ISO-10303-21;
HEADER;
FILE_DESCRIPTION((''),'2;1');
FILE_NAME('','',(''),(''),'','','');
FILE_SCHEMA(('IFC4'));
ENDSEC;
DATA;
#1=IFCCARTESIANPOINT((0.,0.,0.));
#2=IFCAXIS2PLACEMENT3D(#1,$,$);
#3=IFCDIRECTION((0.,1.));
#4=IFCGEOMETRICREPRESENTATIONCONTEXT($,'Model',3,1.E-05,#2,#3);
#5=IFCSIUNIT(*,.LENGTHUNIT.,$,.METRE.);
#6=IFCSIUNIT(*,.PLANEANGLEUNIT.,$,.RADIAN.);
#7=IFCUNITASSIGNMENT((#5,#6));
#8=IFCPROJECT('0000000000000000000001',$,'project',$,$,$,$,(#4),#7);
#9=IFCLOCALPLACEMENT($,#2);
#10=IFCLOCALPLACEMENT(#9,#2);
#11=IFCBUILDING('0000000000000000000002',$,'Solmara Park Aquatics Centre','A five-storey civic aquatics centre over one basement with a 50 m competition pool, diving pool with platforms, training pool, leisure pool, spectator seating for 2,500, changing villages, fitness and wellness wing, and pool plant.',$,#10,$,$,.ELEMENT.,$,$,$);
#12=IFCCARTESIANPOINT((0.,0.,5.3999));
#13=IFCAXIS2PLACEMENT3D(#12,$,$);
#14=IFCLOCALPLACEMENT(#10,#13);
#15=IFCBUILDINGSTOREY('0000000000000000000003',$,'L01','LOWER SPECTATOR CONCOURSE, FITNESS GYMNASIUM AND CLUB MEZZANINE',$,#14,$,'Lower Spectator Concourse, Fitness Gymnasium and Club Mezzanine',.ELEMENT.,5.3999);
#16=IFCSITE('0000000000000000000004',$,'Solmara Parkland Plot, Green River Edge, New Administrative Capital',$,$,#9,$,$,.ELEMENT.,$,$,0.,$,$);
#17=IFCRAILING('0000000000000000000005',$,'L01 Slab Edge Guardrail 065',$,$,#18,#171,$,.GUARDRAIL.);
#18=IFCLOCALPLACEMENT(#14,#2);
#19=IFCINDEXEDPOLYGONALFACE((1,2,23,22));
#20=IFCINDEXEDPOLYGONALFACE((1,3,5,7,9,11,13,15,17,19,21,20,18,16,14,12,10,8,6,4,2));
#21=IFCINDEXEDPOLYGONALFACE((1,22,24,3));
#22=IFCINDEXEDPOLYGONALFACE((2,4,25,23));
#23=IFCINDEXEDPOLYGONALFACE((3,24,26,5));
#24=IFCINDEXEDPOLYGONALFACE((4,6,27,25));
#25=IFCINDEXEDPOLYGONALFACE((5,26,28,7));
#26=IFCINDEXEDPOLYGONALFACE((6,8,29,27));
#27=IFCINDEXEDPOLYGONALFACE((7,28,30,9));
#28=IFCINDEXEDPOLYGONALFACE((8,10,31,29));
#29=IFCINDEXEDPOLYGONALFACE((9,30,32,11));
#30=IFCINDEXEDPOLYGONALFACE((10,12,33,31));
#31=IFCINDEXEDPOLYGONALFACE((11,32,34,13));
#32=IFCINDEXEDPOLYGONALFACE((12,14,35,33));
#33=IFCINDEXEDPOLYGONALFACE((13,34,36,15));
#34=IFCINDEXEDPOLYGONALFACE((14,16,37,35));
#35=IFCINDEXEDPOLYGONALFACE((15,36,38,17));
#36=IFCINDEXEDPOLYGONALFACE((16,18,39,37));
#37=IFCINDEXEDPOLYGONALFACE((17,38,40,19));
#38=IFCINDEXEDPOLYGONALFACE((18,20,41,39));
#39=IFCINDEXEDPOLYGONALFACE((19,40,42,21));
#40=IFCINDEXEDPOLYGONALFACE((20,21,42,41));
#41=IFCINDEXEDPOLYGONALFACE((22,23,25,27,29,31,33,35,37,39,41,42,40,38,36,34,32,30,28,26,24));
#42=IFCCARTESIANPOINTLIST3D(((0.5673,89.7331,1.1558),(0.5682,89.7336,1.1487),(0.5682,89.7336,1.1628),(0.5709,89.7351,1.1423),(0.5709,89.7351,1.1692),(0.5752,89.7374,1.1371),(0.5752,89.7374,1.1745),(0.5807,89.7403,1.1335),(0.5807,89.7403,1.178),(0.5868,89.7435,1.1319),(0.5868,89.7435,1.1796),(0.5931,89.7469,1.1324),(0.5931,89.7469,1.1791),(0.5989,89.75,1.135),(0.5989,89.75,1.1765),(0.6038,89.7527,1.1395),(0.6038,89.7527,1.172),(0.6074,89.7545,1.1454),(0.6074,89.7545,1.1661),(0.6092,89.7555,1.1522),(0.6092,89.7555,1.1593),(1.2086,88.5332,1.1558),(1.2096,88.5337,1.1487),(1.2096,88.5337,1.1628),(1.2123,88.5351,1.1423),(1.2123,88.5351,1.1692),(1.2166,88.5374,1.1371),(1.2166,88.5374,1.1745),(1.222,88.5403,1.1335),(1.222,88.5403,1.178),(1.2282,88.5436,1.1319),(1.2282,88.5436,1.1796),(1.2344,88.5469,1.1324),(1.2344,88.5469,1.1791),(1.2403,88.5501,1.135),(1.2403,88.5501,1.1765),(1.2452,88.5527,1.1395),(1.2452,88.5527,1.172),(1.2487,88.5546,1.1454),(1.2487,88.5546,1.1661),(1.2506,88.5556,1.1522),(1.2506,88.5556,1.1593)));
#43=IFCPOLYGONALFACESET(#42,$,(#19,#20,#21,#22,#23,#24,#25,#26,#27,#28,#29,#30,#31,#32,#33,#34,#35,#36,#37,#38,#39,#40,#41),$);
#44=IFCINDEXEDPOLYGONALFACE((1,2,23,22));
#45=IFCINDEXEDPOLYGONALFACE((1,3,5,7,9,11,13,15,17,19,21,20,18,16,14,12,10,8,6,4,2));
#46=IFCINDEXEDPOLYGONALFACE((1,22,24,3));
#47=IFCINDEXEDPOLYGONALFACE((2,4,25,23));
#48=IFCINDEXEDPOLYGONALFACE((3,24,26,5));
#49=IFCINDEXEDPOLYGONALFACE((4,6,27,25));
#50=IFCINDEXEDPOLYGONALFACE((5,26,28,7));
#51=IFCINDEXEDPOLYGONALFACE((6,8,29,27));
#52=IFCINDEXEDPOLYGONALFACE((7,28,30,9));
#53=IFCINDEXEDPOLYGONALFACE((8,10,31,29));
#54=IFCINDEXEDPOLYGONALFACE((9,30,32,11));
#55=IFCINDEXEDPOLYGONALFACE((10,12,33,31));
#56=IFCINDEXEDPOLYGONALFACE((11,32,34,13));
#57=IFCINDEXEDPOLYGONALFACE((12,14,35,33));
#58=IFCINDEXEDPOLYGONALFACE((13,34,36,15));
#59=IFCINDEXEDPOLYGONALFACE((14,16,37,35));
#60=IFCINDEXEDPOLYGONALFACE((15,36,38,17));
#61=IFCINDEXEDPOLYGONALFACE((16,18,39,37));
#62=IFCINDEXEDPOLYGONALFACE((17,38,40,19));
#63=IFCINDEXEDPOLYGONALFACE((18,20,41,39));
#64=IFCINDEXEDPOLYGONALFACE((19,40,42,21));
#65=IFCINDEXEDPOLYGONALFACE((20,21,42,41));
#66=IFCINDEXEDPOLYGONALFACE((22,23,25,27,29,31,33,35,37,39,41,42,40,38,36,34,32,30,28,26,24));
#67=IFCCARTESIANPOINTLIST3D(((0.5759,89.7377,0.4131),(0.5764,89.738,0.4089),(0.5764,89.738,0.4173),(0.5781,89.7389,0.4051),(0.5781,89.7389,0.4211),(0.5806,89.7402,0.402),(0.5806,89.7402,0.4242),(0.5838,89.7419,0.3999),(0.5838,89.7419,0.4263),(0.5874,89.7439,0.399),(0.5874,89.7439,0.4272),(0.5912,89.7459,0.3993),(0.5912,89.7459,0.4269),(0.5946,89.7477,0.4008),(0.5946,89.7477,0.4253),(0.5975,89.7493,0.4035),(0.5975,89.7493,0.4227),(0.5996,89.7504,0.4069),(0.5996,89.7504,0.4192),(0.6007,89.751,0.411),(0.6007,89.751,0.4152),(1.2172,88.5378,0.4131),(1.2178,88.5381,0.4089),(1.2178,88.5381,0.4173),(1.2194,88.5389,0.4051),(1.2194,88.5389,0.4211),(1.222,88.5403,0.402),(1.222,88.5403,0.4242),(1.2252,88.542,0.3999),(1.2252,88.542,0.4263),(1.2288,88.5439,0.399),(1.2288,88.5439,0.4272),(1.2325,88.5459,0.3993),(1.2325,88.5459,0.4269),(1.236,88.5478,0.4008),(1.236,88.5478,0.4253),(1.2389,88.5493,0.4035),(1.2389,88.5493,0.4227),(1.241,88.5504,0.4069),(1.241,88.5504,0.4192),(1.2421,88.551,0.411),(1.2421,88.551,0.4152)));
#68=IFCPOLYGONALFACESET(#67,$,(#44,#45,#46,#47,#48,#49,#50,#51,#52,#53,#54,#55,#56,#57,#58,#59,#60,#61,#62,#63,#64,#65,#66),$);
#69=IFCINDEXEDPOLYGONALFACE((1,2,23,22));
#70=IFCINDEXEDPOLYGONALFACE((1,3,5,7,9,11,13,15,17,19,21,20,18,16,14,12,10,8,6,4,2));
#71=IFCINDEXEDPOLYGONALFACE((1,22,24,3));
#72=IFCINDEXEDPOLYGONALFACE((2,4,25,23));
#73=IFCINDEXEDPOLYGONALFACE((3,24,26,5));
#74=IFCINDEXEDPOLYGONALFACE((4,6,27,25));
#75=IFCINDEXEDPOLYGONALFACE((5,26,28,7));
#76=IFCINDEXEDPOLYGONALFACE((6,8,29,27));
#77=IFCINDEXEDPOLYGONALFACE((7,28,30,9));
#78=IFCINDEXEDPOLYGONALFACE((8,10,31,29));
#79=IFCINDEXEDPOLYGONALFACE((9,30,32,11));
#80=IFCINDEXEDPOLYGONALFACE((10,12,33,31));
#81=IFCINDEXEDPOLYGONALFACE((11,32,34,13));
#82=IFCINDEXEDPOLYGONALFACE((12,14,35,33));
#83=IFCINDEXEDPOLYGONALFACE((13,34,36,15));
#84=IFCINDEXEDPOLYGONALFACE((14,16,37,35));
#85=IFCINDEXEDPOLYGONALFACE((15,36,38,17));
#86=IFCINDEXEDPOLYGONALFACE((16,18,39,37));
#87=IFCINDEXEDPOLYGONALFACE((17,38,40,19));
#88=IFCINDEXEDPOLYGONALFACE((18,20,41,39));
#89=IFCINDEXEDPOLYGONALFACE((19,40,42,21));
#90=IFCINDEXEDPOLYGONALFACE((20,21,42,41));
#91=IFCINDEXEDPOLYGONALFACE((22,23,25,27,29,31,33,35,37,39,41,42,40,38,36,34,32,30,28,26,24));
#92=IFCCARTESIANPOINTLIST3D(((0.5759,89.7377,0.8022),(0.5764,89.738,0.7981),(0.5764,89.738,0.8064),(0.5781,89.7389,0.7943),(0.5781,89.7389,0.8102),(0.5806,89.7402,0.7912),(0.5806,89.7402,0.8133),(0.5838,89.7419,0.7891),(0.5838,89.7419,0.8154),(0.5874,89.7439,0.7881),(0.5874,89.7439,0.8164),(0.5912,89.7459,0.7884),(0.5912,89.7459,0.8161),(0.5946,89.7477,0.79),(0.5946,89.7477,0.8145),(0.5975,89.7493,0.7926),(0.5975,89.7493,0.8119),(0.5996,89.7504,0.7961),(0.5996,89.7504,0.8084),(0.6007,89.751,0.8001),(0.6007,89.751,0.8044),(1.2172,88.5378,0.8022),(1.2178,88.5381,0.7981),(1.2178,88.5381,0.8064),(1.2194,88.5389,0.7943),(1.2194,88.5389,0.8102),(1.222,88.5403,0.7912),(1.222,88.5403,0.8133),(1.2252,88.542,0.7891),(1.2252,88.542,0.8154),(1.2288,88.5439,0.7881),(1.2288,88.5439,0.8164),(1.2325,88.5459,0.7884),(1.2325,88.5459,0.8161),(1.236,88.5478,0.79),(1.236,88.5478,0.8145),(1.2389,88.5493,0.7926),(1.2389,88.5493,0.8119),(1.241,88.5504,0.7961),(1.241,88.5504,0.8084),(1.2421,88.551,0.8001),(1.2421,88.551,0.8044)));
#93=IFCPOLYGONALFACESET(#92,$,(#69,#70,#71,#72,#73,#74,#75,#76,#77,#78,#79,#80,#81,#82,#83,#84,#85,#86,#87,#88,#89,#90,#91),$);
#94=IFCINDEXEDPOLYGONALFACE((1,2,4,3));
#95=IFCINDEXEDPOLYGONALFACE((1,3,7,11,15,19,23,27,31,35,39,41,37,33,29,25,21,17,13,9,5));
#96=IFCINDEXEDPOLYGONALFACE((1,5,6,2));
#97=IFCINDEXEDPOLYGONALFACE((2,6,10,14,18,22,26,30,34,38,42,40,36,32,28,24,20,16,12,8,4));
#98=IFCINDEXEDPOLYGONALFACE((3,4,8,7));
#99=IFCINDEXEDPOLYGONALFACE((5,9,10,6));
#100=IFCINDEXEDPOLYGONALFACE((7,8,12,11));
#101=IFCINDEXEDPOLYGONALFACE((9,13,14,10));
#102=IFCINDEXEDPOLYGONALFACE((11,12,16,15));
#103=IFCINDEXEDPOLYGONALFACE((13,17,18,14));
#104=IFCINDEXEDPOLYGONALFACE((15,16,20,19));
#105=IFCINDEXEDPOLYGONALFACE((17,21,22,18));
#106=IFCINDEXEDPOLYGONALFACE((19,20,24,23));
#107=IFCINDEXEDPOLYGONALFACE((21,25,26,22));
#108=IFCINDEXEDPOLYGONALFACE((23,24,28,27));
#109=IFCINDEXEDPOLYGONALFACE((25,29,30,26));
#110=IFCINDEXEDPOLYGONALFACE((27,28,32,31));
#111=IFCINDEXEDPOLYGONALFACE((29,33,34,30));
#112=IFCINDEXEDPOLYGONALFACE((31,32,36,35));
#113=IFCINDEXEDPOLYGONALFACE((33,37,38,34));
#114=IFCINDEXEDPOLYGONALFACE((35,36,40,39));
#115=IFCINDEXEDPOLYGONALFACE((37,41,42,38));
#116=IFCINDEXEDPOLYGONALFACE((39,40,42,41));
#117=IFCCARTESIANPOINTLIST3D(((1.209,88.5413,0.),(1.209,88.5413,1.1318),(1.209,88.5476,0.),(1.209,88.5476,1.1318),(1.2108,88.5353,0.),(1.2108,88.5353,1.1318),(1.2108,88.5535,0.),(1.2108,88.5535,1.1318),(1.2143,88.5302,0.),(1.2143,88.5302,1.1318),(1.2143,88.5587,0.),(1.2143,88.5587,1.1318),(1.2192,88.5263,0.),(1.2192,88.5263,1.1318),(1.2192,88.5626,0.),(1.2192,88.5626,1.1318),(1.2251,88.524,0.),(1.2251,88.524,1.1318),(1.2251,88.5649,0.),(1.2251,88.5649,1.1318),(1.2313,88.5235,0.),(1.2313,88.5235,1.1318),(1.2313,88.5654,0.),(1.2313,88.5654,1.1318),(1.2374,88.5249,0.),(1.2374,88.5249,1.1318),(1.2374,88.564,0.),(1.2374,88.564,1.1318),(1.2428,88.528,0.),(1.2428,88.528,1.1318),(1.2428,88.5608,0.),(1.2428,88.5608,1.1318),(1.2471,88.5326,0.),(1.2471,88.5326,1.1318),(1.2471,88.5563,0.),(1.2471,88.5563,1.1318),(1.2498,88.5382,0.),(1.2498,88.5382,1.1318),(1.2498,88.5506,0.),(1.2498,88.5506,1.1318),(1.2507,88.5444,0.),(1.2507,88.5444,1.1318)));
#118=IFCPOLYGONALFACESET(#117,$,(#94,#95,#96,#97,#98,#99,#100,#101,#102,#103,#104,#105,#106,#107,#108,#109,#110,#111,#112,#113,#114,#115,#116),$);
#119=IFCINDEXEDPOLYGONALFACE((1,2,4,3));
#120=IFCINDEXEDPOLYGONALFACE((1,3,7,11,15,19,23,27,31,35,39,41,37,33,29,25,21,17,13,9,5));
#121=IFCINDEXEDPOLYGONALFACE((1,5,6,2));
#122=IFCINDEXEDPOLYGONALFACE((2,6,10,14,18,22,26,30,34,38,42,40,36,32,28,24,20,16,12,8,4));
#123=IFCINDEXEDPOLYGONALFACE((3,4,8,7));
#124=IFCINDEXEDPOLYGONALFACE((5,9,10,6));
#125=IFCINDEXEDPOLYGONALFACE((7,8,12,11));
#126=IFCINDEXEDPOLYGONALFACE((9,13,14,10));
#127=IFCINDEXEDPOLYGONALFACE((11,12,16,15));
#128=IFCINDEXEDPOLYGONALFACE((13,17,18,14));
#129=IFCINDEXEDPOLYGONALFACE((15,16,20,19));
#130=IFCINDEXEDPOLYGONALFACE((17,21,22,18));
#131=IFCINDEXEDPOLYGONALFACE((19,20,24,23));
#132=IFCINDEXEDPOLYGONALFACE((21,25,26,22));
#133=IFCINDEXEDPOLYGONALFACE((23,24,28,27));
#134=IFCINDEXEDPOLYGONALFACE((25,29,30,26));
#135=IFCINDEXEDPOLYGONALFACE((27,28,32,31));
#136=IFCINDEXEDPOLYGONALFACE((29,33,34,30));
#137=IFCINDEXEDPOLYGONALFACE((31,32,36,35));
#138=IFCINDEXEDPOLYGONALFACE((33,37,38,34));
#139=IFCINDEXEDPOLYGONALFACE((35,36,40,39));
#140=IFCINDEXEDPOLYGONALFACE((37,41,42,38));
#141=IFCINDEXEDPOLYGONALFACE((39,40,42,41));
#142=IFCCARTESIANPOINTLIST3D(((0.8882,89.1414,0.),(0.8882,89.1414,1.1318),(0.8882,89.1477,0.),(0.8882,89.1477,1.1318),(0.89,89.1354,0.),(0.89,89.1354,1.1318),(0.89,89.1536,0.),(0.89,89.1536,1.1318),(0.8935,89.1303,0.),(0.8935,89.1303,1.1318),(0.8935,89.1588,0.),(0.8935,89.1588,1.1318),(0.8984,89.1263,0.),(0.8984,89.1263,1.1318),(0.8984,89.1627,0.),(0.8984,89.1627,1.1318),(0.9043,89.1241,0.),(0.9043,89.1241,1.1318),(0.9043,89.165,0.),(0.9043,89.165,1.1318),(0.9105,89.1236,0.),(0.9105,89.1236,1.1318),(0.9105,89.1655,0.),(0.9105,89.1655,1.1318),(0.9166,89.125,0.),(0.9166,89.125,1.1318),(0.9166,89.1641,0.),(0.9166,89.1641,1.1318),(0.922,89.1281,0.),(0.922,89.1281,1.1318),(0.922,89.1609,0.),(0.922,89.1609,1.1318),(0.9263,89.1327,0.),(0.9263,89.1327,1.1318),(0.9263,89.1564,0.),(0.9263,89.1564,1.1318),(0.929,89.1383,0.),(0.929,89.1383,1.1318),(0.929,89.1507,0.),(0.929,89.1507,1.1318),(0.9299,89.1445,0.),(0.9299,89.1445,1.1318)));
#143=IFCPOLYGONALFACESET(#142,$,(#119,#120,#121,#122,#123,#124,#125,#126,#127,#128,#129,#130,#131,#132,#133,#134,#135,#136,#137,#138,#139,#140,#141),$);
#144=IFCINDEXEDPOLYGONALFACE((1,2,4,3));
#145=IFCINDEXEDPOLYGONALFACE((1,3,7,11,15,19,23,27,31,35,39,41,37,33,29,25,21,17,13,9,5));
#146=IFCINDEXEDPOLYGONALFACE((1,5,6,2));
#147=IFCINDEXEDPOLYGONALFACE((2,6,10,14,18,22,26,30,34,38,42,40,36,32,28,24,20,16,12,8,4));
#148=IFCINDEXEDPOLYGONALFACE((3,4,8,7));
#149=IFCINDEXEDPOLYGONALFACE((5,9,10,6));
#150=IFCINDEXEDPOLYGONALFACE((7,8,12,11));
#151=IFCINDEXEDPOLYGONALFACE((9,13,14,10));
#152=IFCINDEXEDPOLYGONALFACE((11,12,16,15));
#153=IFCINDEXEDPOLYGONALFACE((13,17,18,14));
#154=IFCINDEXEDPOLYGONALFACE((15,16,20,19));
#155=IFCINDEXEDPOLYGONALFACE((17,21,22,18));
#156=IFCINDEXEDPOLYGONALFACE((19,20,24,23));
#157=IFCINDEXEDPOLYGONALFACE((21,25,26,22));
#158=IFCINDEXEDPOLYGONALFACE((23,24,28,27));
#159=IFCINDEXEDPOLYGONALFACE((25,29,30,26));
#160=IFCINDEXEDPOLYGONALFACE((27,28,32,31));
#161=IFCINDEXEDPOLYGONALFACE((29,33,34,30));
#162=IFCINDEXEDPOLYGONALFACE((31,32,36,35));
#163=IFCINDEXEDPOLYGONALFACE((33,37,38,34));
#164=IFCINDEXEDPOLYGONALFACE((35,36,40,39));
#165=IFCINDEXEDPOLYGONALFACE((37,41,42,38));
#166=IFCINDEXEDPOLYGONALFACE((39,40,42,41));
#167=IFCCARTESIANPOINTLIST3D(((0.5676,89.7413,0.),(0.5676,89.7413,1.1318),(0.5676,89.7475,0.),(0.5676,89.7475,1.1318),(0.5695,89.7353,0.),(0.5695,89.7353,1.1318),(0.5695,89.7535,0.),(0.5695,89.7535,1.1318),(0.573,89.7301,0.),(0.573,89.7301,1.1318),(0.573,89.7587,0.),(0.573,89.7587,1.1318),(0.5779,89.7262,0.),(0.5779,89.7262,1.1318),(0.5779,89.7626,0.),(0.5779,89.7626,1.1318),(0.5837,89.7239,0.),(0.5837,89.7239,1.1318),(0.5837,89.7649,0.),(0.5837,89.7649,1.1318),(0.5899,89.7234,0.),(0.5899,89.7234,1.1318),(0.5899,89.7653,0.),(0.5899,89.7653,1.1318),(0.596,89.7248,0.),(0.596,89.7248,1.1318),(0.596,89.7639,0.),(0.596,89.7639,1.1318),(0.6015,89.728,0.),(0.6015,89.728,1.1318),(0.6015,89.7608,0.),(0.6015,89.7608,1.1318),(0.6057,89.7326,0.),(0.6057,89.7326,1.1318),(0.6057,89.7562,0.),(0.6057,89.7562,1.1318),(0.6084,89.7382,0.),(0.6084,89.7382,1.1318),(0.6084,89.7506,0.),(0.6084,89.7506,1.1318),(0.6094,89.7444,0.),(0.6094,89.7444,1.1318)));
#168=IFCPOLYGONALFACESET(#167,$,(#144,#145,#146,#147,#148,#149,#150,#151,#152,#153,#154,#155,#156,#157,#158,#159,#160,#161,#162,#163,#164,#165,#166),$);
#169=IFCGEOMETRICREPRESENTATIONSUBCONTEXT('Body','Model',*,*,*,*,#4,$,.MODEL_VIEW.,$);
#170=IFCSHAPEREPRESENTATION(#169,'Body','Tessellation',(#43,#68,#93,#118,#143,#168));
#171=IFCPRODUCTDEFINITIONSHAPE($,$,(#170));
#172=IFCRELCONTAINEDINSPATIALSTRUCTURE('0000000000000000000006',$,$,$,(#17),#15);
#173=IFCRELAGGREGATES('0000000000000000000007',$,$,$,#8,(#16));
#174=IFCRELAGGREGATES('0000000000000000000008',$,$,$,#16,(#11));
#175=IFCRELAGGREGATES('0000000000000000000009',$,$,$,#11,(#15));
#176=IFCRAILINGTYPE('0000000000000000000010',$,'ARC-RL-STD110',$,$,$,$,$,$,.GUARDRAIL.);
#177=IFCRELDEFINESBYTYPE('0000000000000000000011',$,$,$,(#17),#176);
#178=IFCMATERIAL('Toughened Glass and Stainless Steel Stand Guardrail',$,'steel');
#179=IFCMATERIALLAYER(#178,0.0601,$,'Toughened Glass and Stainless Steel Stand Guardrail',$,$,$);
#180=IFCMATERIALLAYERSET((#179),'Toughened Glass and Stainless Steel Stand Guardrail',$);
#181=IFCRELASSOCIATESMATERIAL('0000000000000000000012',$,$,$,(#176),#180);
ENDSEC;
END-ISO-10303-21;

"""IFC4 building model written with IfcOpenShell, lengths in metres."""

from ifc_helpers import new_model, si_unit, direction, frame, origin, origin_2d, place, context, subcontext, project, spatial, circle, extrude, material, layer, layer_set, type_object, element, save


model = new_model("IFC4")

# Units and contexts
model_context = context("Model", 3, precision=1e-05, world=origin(), true_north=direction((0.0, 1.0)))
body_context = subcontext(model_context, "Body", "Model", "MODEL_VIEW")
ifc_project = project(units=[si_unit("LENGTHUNIT", "METRE"), si_unit("PLANEANGLEUNIT", "RADIAN")], contexts=[model_context])

# Site, building, storey
site_placement = place(None, origin())
site = spatial("IfcSite", under=ifc_project, at=site_placement, Name="Solmara Parkland Plot, Green River Edge, New Administrative Capital", CompositionType="ELEMENT", RefElevation=0.0)
building_placement = place(site_placement, origin())
building = spatial("IfcBuilding", under=site, at=building_placement, Name="Solmara Park Aquatics Centre", Description="A five-storey civic aquatics centre over one basement with a 50 m competition pool, diving pool with platforms, training pool, leisure pool, spectator seating for 2,500, changing villages, fitness and wellness wing, and pool plant.", CompositionType="ELEMENT")
storey_placement = place(building_placement, frame((0.0, 0.0, 5.3999)))
storey = spatial("IfcBuildingStorey", under=building, at=storey_placement, Name="L01", Description="LOWER SPECTATOR CONCOURSE, FITNESS GYMNASIUM AND CLUB MEZZANINE", LongName="Lower Spectator Concourse, Fitness Gymnasium and Club Mezzanine", CompositionType="ELEMENT", Elevation=5.3999)

# Railing
ifc_material_1 = material(Name="Toughened Glass and Stainless Steel Stand Guardrail", Category="steel")
ifc_layer_1 = layer(ifc_material_1, 0.0601, Name="Toughened Glass and Stainless Steel Stand Guardrail")
ifc_layer_set_1 = layer_set([ifc_layer_1], Name="Toughened Glass and Stainless Steel Stand Guardrail")
railing_type = type_object("IfcRailingType", Name="ARC-RL-STD110", PredefinedType="GUARDRAIL", material=ifc_layer_set_1)
railing_1_placement = place(storey_placement, frame((1.2297, 88.5444, 0.0)))
element("IfcRailing", 1, at=railing_1_placement, inside=storey, type_object=railing_type, Name="L01 Slab Edge Guardrail 065", PredefinedType="GUARDRAIL", context=body_context, shape_type="SweptSolid", body=[
    extrude(circle(Radius=0.0239, at=origin_2d()), frame((0.0, 0.0, 1.1558), z_axis=(-0.47138, 0.88193, 0.0), x_axis=(-0.88193, -0.47138, 0.0)), (0.0, 0.0, 1.0), 1.3606),
    extrude(circle(Radius=0.0142, at=origin_2d()), frame((0.0, 0.0, 0.4131), z_axis=(-0.47138, 0.88193, 0.0), x_axis=(-0.88193, -0.47138, 0.0)), (0.0, 0.0, 1.0), 1.3606),
    extrude(circle(Radius=0.0142, at=origin_2d()), frame((0.0, 0.0, 0.8022), z_axis=(-0.47138, 0.88193, 0.0), x_axis=(-0.88193, -0.47138, 0.0)), (0.0, 0.0, 1.0), 1.3606),
    extrude(circle(Radius=0.021, at=origin_2d()), origin(), (0.0, 0.0, 1.0), 1.1318),
    extrude(circle(Radius=0.021, at=origin_2d()), frame((-0.3208, 0.6001, 0.0)), (0.0, 0.0, 1.0), 1.1318),
    extrude(circle(Radius=0.021, at=origin_2d()), frame((-0.6414, 1.2, 0.0)), (0.0, 0.0, 1.0), 1.1318),
])

save(model, "model.ifc")
